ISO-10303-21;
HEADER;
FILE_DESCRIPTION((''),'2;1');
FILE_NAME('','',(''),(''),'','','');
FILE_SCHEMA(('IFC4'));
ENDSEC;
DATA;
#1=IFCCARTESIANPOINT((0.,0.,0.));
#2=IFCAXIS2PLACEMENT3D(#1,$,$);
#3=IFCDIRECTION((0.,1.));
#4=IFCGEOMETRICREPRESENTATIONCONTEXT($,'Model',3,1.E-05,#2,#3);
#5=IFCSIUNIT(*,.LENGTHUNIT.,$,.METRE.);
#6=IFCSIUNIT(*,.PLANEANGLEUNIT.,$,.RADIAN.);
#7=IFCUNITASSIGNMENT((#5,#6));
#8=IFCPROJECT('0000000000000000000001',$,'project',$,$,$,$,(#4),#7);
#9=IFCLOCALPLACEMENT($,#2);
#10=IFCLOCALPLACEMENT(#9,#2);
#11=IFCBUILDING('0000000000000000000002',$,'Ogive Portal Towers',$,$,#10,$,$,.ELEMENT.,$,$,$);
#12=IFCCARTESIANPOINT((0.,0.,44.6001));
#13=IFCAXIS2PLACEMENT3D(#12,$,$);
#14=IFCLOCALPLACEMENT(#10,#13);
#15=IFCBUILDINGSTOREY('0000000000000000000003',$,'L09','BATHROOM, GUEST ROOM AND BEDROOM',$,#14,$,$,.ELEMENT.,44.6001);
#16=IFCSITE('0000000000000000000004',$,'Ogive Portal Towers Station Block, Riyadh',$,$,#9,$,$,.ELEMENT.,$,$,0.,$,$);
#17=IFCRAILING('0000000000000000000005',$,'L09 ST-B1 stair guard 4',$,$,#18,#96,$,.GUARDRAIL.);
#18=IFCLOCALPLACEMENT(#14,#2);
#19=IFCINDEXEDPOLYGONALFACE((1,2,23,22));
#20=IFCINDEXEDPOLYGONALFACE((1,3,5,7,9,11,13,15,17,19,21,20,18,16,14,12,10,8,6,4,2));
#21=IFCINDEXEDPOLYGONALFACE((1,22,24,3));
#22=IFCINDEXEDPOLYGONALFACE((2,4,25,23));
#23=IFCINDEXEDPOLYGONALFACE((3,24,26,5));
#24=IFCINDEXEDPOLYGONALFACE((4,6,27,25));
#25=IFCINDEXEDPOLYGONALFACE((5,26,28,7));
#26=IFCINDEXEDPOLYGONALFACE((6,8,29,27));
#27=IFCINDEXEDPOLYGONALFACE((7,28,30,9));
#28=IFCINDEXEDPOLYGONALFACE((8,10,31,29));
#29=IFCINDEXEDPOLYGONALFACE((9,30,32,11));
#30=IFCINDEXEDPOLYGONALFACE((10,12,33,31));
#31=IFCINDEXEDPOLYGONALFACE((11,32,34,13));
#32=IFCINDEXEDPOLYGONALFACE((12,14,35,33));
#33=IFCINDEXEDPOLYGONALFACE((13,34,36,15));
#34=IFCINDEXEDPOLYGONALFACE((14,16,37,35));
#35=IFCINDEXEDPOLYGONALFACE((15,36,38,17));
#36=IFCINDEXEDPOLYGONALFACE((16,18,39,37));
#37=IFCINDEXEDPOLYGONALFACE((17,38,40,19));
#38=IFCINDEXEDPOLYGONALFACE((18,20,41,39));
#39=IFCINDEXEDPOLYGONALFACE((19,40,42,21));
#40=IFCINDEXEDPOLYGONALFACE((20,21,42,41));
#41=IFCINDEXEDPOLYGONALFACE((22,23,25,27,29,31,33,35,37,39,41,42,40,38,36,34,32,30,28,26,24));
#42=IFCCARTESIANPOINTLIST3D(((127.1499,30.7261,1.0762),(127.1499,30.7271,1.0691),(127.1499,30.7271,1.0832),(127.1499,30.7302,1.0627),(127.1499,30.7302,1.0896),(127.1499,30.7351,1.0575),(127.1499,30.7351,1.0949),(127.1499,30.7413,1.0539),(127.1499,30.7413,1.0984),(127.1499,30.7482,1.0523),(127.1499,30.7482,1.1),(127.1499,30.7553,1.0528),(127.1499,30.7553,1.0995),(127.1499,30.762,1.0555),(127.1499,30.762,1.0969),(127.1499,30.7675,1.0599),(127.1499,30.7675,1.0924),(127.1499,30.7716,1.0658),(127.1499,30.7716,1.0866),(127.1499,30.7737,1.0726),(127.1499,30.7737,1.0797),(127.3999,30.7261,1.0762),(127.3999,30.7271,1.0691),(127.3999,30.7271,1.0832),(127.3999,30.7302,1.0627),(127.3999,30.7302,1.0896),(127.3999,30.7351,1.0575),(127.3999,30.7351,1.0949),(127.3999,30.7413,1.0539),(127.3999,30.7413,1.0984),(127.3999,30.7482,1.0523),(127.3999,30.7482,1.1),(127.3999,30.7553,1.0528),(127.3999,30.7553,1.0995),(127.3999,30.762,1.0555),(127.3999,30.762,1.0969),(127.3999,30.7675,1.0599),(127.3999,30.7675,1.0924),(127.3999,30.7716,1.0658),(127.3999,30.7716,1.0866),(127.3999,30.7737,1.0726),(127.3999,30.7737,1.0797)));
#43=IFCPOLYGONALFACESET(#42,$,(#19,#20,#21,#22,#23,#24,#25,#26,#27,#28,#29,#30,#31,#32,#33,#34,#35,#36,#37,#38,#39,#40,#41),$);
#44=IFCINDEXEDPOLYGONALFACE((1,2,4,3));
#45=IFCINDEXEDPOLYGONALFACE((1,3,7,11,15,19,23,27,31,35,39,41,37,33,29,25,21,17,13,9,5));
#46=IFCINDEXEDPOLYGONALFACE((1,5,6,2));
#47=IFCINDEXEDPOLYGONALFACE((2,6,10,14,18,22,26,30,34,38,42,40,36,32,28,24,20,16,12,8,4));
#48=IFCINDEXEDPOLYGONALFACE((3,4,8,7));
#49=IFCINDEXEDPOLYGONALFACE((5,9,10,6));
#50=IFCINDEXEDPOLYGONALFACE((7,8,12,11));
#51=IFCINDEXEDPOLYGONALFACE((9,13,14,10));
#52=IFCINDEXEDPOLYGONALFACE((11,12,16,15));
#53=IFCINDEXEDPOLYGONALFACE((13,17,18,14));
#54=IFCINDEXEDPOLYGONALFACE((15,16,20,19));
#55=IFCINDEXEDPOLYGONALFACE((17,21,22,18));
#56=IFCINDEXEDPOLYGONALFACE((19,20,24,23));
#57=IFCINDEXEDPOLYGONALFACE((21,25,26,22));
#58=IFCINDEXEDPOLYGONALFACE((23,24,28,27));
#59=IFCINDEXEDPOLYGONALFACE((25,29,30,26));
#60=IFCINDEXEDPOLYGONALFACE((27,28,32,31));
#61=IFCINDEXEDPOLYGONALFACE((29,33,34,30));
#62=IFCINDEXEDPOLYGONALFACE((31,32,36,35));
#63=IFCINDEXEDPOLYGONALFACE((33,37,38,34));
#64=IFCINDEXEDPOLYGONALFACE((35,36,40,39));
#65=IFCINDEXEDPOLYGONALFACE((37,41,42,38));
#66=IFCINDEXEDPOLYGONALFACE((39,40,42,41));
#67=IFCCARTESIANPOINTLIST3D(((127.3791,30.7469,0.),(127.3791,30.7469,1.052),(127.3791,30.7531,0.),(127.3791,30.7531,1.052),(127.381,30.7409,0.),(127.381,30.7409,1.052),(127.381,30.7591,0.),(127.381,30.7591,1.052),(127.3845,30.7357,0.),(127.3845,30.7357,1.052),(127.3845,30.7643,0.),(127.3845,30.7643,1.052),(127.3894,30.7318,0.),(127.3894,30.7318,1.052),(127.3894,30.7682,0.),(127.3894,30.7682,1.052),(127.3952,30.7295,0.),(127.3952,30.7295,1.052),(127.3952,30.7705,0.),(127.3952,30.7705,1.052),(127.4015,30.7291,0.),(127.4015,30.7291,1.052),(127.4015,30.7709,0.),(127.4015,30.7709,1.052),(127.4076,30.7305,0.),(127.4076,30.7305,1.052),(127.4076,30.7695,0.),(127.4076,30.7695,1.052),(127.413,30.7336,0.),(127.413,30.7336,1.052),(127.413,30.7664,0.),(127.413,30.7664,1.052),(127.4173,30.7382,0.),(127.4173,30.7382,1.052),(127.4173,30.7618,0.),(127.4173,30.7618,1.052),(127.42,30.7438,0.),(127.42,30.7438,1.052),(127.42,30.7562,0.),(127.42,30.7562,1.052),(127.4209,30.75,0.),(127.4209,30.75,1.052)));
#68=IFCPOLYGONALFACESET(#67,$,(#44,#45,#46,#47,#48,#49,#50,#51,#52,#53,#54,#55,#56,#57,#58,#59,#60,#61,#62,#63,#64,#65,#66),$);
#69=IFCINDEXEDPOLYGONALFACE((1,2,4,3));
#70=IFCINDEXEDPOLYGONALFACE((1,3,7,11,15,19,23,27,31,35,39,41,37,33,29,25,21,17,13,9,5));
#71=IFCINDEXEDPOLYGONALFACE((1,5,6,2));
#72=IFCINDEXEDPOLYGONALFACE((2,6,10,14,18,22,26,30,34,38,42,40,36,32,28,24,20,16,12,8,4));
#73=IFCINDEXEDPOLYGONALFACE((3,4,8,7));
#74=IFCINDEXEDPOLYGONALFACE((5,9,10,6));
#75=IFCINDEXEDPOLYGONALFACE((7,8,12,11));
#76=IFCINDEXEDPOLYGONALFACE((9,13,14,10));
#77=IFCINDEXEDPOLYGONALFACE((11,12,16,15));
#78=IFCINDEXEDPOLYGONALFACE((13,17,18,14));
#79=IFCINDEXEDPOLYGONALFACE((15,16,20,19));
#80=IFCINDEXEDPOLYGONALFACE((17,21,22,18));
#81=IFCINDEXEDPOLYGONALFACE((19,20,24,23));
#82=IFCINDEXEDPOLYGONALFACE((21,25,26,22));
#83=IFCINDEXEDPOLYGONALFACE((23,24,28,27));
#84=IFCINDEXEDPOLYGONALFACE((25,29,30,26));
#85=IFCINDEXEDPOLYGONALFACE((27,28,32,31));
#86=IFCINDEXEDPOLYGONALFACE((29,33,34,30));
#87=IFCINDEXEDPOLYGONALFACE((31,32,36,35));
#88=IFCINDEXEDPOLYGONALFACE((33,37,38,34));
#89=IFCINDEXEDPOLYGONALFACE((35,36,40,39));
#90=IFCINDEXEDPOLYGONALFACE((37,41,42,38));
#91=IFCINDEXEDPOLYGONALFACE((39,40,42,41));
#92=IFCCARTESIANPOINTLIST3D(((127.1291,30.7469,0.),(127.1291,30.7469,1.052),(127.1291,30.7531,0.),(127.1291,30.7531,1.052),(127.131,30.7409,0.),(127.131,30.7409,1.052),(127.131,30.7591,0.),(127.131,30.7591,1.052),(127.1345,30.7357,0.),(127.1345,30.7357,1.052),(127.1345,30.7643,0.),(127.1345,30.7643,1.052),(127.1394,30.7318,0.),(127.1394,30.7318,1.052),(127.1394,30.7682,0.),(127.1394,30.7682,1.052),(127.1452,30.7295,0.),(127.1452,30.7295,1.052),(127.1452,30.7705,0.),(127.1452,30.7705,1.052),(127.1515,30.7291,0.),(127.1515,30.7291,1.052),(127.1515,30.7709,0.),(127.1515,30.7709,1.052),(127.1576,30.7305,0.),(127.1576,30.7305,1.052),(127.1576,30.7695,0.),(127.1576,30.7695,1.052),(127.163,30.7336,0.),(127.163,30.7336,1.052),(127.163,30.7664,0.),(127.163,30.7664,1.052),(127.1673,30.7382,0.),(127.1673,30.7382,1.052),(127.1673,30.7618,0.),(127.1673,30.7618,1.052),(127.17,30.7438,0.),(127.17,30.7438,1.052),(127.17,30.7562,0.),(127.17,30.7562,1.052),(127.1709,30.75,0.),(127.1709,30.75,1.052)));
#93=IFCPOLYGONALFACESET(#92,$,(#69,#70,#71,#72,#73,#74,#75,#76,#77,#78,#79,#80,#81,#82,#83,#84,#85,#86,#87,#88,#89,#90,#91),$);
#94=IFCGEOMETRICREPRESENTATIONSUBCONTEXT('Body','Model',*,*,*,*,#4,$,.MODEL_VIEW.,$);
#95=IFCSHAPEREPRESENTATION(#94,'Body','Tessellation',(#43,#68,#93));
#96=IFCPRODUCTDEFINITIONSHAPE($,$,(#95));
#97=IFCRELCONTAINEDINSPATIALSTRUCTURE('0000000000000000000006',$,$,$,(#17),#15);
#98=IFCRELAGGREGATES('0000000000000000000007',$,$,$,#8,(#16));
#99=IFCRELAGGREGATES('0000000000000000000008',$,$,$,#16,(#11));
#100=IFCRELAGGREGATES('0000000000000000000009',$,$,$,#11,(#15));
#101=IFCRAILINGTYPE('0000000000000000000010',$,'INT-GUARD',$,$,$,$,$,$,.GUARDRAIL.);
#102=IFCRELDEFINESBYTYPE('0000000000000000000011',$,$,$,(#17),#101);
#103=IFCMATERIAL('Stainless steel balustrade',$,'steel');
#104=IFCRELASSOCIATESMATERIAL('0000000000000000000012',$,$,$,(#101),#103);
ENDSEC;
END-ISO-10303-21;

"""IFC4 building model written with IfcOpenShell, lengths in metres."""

from ifc_helpers import new_model, si_unit, direction, frame, origin, origin_2d, place, context, subcontext, project, spatial, circle, extrude, material, type_object, element, save


model = new_model("IFC4")

# Units and contexts
model_context = context("Model", 3, precision=1e-05, world=origin(), true_north=direction((0.0, 1.0)))
body_context = subcontext(model_context, "Body", "Model", "MODEL_VIEW")
ifc_project = project(units=[si_unit("LENGTHUNIT", "METRE"), si_unit("PLANEANGLEUNIT", "RADIAN")], contexts=[model_context])

# Site, building, storey
site_placement = place(None, origin())
site = spatial("IfcSite", under=ifc_project, at=site_placement, Name="Ogive Portal Towers Station Block, Riyadh", CompositionType="ELEMENT", RefElevation=0.0)
building_placement = place(site_placement, origin())
building = spatial("IfcBuilding", under=site, at=building_placement, Name="Ogive Portal Towers", CompositionType="ELEMENT")
storey_placement = place(building_placement, frame((0.0, 0.0, 44.6001)))
storey = spatial("IfcBuildingStorey", under=building, at=storey_placement, Name="L09", Description="BATHROOM, GUEST ROOM AND BEDROOM", CompositionType="ELEMENT", Elevation=44.6001)

# Railing
ifc_material_1 = material(Name="Stainless steel balustrade", Category="steel")
railing_type_1 = type_object("IfcRailingType", Name="INT-GUARD", PredefinedType="GUARDRAIL", material=ifc_material_1)
railing_1_placement = place(storey_placement, frame((127.3999, 30.75, 0.0)))
element("IfcRailing", 1, at=railing_1_placement, inside=storey, type_object=railing_type_1, Name="L09 ST-B1 stair guard 4", PredefinedType="GUARDRAIL", context=body_context, shape_type="SweptSolid", body=[
    extrude(circle(Radius=0.0239, at=origin_2d()), frame((0.0, 0.0, 1.0762), z_axis=(-1.0, 0.0, 0.0), x_axis=(0.0, -1.0, 0.0)), (0.0, 0.0, 1.0), 0.25),
    extrude(circle(Radius=0.021, at=origin_2d()), origin(), (0.0, 0.0, 1.0), 1.052),
    extrude(circle(Radius=0.021, at=origin_2d()), frame((-0.25, 0.0, 0.0)), (0.0, 0.0, 1.0), 1.052),
])

save(model, "model.ifc")
